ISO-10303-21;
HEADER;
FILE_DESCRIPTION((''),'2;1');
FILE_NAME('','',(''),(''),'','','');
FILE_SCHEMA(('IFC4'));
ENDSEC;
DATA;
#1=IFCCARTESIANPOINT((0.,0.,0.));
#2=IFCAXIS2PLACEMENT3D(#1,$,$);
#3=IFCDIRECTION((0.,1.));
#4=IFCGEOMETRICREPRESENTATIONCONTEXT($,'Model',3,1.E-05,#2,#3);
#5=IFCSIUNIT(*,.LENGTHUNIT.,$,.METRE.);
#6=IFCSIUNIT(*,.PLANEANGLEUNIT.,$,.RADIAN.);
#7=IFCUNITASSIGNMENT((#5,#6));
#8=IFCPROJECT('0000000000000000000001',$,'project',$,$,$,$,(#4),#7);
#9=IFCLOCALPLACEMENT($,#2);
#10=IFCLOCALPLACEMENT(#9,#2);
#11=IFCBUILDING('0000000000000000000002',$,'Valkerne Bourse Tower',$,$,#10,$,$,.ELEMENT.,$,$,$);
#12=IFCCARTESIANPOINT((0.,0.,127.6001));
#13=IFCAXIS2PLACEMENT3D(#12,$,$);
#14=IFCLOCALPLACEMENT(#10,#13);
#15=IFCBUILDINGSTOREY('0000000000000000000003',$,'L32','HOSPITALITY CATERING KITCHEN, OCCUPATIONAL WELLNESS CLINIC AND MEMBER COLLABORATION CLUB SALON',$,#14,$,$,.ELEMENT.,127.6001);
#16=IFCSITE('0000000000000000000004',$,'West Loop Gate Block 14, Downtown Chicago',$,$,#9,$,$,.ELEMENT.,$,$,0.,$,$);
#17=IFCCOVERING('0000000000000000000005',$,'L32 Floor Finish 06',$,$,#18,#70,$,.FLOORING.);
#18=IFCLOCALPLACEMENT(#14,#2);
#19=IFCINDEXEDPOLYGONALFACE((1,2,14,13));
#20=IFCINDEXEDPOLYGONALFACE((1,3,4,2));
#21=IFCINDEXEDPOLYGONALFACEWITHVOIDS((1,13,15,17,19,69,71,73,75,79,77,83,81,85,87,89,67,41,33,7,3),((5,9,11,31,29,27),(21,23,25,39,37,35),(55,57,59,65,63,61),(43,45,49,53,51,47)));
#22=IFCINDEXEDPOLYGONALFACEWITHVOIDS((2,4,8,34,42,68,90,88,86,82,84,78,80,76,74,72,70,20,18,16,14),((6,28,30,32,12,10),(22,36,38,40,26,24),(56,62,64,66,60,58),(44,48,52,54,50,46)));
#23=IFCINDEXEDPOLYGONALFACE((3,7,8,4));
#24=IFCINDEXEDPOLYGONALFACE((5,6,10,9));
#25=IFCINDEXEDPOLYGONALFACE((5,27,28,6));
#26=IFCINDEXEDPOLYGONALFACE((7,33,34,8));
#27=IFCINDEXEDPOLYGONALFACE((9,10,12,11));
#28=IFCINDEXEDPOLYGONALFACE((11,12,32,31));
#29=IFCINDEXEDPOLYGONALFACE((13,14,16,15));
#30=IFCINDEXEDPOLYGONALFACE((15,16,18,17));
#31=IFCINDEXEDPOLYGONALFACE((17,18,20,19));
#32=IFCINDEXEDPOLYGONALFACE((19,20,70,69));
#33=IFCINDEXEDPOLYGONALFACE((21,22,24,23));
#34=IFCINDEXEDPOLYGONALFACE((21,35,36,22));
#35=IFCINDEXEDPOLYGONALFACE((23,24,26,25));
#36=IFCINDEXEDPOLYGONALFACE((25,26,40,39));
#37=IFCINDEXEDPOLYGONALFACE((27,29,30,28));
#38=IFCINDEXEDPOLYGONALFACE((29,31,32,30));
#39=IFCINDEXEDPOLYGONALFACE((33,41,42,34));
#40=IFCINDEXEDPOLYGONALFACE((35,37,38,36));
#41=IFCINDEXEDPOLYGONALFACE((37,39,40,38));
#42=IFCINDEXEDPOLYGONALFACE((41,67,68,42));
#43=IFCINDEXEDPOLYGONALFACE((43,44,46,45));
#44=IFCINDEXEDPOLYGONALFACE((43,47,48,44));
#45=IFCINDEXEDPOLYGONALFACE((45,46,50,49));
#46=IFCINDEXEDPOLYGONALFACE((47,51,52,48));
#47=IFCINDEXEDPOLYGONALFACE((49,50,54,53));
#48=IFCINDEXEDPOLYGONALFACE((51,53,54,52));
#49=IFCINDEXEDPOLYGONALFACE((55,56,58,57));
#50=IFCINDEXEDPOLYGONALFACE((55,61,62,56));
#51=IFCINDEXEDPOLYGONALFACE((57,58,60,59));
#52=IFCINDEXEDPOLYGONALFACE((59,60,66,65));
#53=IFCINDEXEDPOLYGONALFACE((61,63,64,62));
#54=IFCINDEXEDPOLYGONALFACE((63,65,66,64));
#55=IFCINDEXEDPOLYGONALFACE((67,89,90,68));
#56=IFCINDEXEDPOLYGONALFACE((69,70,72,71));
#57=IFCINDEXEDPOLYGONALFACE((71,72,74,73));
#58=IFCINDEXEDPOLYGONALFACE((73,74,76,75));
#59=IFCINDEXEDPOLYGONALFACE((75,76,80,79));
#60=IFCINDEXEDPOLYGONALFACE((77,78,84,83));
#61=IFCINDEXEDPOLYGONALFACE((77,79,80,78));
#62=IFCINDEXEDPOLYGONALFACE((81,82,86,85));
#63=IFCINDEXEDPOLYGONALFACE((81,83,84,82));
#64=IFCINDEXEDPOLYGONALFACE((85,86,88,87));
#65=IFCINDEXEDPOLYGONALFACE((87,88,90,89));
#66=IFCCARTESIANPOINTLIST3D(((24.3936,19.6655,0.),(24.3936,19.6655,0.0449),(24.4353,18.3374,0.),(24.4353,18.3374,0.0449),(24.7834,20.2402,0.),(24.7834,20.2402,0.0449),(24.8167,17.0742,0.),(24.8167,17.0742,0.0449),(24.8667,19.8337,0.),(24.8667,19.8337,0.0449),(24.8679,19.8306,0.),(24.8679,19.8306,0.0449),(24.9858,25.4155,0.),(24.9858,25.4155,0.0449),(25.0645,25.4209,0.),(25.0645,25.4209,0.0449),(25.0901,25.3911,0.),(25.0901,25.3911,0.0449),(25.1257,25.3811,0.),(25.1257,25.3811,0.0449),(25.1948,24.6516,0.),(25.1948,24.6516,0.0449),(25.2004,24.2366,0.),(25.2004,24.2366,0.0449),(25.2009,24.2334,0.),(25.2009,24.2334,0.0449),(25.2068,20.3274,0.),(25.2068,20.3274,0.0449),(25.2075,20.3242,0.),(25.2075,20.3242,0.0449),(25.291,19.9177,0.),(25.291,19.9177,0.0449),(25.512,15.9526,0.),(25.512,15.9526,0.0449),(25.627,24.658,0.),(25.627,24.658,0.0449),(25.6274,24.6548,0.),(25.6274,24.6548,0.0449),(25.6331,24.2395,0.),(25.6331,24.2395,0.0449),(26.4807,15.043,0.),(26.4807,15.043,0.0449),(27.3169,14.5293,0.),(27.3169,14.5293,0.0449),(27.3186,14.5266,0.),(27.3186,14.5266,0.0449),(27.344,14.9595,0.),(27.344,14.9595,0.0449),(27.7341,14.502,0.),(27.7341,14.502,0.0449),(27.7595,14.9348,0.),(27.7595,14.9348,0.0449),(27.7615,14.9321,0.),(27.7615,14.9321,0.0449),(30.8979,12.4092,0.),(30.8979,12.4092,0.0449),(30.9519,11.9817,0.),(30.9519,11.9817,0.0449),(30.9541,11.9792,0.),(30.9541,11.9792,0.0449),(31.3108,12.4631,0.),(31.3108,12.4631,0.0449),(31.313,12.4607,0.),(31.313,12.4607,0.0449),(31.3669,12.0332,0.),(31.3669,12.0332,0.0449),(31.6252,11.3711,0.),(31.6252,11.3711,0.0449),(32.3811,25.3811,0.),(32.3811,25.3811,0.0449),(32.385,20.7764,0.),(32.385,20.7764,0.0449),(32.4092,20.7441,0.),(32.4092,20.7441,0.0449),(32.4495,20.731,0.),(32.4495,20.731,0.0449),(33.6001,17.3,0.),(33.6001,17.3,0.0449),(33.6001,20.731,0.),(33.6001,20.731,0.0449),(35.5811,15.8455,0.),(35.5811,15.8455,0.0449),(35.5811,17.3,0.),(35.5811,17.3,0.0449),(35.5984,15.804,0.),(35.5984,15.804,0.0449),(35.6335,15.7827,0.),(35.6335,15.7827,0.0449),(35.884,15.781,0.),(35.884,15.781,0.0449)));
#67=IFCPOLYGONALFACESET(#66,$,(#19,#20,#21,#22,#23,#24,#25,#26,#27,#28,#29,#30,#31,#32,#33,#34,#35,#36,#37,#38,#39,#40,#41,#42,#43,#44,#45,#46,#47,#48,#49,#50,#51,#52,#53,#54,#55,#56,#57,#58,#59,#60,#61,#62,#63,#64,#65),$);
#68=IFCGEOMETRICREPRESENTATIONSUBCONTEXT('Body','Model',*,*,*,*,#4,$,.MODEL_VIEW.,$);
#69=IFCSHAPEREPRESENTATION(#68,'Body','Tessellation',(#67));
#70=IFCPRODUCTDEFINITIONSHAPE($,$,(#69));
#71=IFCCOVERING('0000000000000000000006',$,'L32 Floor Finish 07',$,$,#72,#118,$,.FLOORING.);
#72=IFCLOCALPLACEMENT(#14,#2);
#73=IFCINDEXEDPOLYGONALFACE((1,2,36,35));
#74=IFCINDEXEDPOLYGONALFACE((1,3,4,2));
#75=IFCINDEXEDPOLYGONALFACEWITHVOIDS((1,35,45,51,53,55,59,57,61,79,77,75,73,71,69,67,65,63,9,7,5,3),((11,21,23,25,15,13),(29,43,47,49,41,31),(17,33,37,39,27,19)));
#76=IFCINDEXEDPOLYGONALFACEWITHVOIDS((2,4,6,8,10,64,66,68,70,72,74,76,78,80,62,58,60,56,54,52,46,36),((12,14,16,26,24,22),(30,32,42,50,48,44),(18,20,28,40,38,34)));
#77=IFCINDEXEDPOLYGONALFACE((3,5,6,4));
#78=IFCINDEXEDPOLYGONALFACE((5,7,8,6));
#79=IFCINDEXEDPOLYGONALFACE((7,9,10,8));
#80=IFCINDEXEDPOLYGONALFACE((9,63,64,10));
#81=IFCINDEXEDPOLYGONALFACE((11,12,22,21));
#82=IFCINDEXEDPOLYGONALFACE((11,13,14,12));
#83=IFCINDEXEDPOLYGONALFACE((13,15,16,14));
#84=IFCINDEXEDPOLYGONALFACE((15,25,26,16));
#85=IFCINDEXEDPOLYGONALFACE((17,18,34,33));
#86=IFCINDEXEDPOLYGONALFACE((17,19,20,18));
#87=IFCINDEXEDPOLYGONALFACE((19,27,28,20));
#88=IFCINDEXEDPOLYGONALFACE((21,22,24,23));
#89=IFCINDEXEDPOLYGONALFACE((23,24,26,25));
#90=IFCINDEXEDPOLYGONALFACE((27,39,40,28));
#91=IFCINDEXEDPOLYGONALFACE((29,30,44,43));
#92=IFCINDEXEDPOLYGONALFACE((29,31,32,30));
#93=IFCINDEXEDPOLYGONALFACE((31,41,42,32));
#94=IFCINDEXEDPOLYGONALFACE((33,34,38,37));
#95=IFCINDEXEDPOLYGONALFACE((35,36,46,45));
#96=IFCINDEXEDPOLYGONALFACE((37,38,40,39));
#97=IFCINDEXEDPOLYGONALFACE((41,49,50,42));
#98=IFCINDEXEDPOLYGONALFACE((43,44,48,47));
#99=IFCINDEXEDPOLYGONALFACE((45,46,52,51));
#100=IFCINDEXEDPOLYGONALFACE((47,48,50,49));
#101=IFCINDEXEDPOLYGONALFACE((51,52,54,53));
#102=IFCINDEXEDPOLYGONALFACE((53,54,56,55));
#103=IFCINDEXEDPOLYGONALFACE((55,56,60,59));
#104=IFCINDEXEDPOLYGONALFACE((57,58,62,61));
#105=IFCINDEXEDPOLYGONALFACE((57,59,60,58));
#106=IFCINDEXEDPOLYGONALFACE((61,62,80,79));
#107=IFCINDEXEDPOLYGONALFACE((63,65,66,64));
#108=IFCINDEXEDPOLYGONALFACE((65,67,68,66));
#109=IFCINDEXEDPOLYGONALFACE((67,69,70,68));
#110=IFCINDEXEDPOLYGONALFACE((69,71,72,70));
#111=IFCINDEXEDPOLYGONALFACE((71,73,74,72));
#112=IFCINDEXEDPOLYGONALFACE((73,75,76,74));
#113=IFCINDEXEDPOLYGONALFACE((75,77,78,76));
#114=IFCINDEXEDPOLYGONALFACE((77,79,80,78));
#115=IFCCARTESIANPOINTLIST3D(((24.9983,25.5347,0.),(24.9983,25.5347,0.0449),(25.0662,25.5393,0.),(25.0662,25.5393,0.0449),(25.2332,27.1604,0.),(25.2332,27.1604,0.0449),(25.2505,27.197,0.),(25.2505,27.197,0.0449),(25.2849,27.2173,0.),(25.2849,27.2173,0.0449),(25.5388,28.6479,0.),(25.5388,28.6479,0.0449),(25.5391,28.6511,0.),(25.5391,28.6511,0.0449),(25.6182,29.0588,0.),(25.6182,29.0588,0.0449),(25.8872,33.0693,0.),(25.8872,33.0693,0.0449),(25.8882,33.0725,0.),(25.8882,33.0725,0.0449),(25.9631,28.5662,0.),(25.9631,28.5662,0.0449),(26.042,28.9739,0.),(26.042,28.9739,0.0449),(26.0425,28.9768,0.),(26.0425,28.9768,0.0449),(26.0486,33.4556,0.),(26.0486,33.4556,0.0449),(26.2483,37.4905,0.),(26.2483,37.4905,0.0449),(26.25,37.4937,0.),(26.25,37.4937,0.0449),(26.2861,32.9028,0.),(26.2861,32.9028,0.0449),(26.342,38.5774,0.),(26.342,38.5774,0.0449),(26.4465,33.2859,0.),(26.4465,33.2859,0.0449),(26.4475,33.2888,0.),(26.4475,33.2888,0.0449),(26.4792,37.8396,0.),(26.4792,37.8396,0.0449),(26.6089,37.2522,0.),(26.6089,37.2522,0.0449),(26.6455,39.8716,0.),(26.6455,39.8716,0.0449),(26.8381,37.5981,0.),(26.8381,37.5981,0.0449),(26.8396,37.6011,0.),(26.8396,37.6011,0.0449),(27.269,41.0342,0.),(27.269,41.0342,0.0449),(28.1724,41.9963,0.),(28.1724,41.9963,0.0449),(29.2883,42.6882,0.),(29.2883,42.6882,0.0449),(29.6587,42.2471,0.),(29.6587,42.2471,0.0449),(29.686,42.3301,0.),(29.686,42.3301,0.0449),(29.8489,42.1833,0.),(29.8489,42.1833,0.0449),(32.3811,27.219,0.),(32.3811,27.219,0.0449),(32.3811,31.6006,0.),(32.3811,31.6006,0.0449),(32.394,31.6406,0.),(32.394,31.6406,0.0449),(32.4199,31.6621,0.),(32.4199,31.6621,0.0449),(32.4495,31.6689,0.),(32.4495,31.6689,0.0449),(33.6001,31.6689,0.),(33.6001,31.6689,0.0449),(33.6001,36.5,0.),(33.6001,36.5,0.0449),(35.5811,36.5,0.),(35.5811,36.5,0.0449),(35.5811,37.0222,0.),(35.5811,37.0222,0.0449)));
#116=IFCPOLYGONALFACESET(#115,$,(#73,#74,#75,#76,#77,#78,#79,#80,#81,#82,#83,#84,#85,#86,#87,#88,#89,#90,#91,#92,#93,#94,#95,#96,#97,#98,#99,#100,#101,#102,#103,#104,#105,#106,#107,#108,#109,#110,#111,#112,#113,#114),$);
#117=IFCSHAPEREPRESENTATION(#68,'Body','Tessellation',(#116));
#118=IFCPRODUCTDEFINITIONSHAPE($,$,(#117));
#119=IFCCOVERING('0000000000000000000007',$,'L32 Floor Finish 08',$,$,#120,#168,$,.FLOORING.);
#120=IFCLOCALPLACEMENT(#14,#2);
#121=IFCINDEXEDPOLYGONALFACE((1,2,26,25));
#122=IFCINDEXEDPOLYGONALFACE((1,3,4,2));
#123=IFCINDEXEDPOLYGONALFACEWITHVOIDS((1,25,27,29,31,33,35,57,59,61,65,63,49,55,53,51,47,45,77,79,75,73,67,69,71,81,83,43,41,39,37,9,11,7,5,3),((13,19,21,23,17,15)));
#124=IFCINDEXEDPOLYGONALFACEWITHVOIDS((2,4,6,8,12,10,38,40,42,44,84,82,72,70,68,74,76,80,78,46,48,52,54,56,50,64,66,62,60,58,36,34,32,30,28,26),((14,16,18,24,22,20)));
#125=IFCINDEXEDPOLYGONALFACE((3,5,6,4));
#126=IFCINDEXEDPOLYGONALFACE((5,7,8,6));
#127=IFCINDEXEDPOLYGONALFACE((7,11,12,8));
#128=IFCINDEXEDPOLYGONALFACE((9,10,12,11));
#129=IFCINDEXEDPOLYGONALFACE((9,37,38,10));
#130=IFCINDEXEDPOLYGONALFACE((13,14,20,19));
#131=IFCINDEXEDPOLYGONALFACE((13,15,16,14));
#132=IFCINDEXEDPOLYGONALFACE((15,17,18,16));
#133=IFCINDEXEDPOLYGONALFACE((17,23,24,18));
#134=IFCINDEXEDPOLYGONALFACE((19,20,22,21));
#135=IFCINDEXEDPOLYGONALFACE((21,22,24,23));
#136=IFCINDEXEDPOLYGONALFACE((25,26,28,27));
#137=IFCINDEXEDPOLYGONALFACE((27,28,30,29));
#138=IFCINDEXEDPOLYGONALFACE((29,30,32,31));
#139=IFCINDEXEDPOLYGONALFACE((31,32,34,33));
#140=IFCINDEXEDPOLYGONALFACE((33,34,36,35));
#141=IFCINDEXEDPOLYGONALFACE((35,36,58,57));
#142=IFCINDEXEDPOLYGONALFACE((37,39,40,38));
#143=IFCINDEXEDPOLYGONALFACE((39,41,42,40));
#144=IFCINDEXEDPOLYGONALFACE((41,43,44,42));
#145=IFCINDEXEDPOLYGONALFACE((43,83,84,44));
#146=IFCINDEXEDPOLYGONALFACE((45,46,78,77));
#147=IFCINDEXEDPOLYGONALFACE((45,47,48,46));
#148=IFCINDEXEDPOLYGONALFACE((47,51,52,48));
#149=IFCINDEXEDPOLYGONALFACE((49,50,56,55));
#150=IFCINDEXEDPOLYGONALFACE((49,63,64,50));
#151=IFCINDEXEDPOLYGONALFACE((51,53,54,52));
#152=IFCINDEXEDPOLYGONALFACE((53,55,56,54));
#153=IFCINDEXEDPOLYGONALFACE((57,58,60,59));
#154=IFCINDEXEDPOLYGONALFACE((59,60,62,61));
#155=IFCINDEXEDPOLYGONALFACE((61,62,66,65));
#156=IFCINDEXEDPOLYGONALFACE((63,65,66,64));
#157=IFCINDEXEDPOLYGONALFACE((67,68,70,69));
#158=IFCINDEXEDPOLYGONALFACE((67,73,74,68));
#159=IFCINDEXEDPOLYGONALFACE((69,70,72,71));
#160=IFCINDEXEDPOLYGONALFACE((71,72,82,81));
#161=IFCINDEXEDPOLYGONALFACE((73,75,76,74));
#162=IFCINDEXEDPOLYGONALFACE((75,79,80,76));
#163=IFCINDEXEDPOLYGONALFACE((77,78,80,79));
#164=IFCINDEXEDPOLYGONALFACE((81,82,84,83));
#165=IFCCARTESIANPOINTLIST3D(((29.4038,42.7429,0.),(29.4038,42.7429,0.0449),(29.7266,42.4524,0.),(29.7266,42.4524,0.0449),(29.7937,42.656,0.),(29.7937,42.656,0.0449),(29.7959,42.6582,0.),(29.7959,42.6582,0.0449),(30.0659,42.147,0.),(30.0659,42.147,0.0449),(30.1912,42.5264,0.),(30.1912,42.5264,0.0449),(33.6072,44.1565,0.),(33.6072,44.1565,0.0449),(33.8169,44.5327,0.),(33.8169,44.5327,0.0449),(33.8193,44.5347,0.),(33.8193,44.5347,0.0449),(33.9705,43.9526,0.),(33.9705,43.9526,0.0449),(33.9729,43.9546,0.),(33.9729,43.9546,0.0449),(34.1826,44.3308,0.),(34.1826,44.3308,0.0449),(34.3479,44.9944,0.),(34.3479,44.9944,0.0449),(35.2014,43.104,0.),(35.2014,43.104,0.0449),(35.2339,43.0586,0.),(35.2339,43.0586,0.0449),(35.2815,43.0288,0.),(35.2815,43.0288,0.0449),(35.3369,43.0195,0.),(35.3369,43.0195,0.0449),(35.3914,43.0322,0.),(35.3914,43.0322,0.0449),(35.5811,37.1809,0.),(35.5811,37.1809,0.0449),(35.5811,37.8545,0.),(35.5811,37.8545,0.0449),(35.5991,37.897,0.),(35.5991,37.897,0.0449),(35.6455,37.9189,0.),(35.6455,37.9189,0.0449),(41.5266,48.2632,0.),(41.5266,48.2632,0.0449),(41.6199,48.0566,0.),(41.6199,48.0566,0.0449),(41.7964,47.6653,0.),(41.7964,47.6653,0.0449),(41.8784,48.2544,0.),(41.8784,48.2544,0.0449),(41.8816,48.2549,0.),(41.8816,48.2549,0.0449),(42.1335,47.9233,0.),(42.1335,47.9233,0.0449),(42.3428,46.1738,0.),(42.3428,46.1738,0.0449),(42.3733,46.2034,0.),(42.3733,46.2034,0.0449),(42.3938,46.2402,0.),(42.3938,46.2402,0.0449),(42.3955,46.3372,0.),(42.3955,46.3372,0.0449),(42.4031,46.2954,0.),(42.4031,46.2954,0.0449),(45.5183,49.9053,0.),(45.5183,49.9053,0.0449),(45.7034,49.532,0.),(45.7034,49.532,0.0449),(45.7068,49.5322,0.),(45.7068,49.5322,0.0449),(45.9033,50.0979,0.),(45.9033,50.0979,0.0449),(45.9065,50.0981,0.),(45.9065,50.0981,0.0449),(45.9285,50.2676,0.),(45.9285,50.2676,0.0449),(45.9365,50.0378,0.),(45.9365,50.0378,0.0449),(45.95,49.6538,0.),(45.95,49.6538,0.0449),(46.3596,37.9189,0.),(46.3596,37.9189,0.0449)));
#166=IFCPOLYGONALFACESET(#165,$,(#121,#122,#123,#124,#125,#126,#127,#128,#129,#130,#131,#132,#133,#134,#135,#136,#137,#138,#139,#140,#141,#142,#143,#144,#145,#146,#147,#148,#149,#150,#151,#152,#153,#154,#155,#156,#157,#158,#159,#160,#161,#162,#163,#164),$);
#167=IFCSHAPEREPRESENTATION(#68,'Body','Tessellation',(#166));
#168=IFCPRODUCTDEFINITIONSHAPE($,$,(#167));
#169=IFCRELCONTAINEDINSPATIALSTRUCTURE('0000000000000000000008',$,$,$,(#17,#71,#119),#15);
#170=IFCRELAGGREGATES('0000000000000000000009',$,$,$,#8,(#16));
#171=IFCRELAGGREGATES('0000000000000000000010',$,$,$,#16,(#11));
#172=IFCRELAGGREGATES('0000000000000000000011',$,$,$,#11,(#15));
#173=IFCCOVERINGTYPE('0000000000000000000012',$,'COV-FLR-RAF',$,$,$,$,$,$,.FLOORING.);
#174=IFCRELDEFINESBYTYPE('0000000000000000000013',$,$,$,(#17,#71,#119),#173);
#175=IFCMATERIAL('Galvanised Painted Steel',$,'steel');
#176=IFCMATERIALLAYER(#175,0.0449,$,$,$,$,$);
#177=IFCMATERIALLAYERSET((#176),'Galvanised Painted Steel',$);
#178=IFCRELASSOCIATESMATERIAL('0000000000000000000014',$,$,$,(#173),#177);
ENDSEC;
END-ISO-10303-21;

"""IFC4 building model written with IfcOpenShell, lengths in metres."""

from ifc_helpers import new_model, si_unit, direction, frame, origin, place, context, subcontext, project, spatial, polyline, outline, extrude, material, layer, layer_set, type_object, element, save


model = new_model("IFC4")

# Units and contexts
model_context = context("Model", 3, precision=1e-05, world=origin(), true_north=direction((0.0, 1.0)))
body_context = subcontext(model_context, "Body", "Model", "MODEL_VIEW")
ifc_project = project(units=[si_unit("LENGTHUNIT", "METRE"), si_unit("PLANEANGLEUNIT", "RADIAN")], contexts=[model_context])

# Site, building, storey
site_placement = place(None, origin())
site = spatial("IfcSite", under=ifc_project, at=site_placement, Name="West Loop Gate Block 14, Downtown Chicago", CompositionType="ELEMENT", RefElevation=0.0)
building_placement = place(site_placement, origin())
building = spatial("IfcBuilding", under=site, at=building_placement, Name="Valkerne Bourse Tower", CompositionType="ELEMENT")
storey_placement = place(building_placement, frame((0.0, 0.0, 127.6001)))
storey = spatial("IfcBuildingStorey", under=building, at=storey_placement, Name="L32", Description="HOSPITALITY CATERING KITCHEN, OCCUPATIONAL WELLNESS CLINIC AND MEMBER COLLABORATION CLUB SALON", CompositionType="ELEMENT", Elevation=127.6001)

# Coverings
ifc_material_1 = material(Name="Galvanised Painted Steel", Category="steel")
ifc_layer_1 = layer(ifc_material_1, 0.0449)
ifc_layer_set_1 = layer_set([ifc_layer_1], Name="Galvanised Painted Steel")
covering_type_1 = type_object("IfcCoveringType", Name="COV-FLR-RAF", PredefinedType="FLOORING", material=ifc_layer_set_1)
covering_1_placement = place(storey_placement, origin())
element("IfcCovering", 1, at=covering_1_placement, inside=storey, type_object=covering_type_1, Name="L32 Floor Finish 06", PredefinedType="FLOORING", context=body_context, shape_type="SweptSolid", body=[
    extrude(outline(polyline([(24.8167, 17.0742), (24.4353, 18.3374), (24.3936, 19.6655), (24.9858, 25.4155), (25.0645, 25.4209), (25.0901, 25.3911), (25.1257, 25.3811), (32.3811, 25.3811), (32.385, 20.7764), (32.4092, 20.7441), (32.4495, 20.731), (33.6001, 20.731), (33.6001, 17.3), (35.5811, 17.3), (35.5811, 15.8455), (35.5984, 15.804), (35.6335, 15.7827), (35.884, 15.781), (31.6252, 11.3711), (26.4807, 15.043), (25.512, 15.9526), (24.8167, 17.0742)]), holes=[polyline([(31.313, 12.4607), (31.3108, 12.4631), (30.8979, 12.4092), (30.9519, 11.9817), (30.9541, 11.9792), (31.3669, 12.0332), (31.313, 12.4607)]), polyline([(27.7615, 14.9321), (27.7595, 14.9348), (27.344, 14.9595), (27.3169, 14.5293), (27.3186, 14.5266), (27.7341, 14.502), (27.7615, 14.9321)]), polyline([(25.291, 19.9177), (25.2075, 20.3242), (25.2068, 20.3274), (24.7834, 20.2402), (24.8667, 19.8337), (24.8679, 19.8306), (25.291, 19.9177)]), polyline([(25.6274, 24.6548), (25.627, 24.658), (25.1948, 24.6516), (25.2004, 24.2366), (25.2009, 24.2334), (25.6331, 24.2395), (25.6274, 24.6548)])]), origin(), (0.0, 0.0, 1.0), 0.0449),
])
covering_2_placement = place(storey_placement, origin())
element("IfcCovering", 2, at=covering_2_placement, inside=storey, type_object=covering_type_1, Name="L32 Floor Finish 07", PredefinedType="FLOORING", context=body_context, shape_type="SweptSolid", body=[
    extrude(outline(polyline([(27.269, 41.0342), (28.1724, 41.9963), (29.2883, 42.6882), (29.686, 42.3301), (29.6587, 42.2471), (29.8489, 42.1833), (35.5811, 37.0222), (35.5811, 36.5), (33.6001, 36.5), (33.6001, 31.6689), (32.4495, 31.6689), (32.4199, 31.6621), (32.394, 31.6406), (32.3811, 31.6006), (32.3811, 27.219), (25.2849, 27.2173), (25.2505, 27.197), (25.2332, 27.1604), (25.0662, 25.5393), (24.9983, 25.5347), (26.342, 38.5774), (26.6455, 39.8716), (27.269, 41.0342)]), holes=[polyline([(26.0425, 28.9768), (25.6182, 29.0588), (25.5391, 28.6511), (25.5388, 28.6479), (25.9631, 28.5662), (26.042, 28.9739), (26.0425, 28.9768)]), polyline([(26.4465, 33.2859), (26.4475, 33.2888), (26.0486, 33.4556), (25.8882, 33.0725), (25.8872, 33.0693), (26.2861, 32.9028), (26.4465, 33.2859)]), polyline([(26.8396, 37.6011), (26.4792, 37.8396), (26.25, 37.4937), (26.2483, 37.4905), (26.6089, 37.2522), (26.8381, 37.5981), (26.8396, 37.6011)])]), origin(), (0.0, 0.0, 1.0), 0.0449),
])
covering_3_placement = place(storey_placement, origin())
element("IfcCovering", 3, at=covering_3_placement, inside=storey, type_object=covering_type_1, Name="L32 Floor Finish 08", PredefinedType="FLOORING", context=body_context, shape_type="SweptSolid", body=[
    extrude(outline(polyline([(35.2339, 43.0586), (35.2815, 43.0288), (35.3369, 43.0195), (35.3914, 43.0322), (42.3428, 46.1738), (42.3733, 46.2034), (42.3938, 46.2402), (42.4031, 46.2954), (42.3955, 46.3372), (41.7964, 47.6653), (42.1335, 47.9233), (41.8816, 48.2549), (41.8784, 48.2544), (41.6199, 48.0566), (41.5266, 48.2632), (45.9285, 50.2676), (45.9365, 50.0378), (45.9065, 50.0981), (45.9033, 50.0979), (45.5183, 49.9053), (45.7034, 49.532), (45.7068, 49.5322), (45.95, 49.6538), (46.3596, 37.9189), (35.6455, 37.9189), (35.5991, 37.897), (35.5811, 37.8545), (35.5811, 37.1809), (30.0659, 42.147), (30.1912, 42.5264), (29.7959, 42.6582), (29.7937, 42.656), (29.7266, 42.4524), (29.4038, 42.7429), (34.3479, 44.9944), (35.2014, 43.104), (35.2339, 43.0586)]), holes=[polyline([(34.1826, 44.3308), (33.8193, 44.5347), (33.8169, 44.5327), (33.6072, 44.1565), (33.9705, 43.9526), (33.9729, 43.9546), (34.1826, 44.3308)])]), origin(), (0.0, 0.0, 1.0), 0.0449),
])

save(model, "model.ifc")
